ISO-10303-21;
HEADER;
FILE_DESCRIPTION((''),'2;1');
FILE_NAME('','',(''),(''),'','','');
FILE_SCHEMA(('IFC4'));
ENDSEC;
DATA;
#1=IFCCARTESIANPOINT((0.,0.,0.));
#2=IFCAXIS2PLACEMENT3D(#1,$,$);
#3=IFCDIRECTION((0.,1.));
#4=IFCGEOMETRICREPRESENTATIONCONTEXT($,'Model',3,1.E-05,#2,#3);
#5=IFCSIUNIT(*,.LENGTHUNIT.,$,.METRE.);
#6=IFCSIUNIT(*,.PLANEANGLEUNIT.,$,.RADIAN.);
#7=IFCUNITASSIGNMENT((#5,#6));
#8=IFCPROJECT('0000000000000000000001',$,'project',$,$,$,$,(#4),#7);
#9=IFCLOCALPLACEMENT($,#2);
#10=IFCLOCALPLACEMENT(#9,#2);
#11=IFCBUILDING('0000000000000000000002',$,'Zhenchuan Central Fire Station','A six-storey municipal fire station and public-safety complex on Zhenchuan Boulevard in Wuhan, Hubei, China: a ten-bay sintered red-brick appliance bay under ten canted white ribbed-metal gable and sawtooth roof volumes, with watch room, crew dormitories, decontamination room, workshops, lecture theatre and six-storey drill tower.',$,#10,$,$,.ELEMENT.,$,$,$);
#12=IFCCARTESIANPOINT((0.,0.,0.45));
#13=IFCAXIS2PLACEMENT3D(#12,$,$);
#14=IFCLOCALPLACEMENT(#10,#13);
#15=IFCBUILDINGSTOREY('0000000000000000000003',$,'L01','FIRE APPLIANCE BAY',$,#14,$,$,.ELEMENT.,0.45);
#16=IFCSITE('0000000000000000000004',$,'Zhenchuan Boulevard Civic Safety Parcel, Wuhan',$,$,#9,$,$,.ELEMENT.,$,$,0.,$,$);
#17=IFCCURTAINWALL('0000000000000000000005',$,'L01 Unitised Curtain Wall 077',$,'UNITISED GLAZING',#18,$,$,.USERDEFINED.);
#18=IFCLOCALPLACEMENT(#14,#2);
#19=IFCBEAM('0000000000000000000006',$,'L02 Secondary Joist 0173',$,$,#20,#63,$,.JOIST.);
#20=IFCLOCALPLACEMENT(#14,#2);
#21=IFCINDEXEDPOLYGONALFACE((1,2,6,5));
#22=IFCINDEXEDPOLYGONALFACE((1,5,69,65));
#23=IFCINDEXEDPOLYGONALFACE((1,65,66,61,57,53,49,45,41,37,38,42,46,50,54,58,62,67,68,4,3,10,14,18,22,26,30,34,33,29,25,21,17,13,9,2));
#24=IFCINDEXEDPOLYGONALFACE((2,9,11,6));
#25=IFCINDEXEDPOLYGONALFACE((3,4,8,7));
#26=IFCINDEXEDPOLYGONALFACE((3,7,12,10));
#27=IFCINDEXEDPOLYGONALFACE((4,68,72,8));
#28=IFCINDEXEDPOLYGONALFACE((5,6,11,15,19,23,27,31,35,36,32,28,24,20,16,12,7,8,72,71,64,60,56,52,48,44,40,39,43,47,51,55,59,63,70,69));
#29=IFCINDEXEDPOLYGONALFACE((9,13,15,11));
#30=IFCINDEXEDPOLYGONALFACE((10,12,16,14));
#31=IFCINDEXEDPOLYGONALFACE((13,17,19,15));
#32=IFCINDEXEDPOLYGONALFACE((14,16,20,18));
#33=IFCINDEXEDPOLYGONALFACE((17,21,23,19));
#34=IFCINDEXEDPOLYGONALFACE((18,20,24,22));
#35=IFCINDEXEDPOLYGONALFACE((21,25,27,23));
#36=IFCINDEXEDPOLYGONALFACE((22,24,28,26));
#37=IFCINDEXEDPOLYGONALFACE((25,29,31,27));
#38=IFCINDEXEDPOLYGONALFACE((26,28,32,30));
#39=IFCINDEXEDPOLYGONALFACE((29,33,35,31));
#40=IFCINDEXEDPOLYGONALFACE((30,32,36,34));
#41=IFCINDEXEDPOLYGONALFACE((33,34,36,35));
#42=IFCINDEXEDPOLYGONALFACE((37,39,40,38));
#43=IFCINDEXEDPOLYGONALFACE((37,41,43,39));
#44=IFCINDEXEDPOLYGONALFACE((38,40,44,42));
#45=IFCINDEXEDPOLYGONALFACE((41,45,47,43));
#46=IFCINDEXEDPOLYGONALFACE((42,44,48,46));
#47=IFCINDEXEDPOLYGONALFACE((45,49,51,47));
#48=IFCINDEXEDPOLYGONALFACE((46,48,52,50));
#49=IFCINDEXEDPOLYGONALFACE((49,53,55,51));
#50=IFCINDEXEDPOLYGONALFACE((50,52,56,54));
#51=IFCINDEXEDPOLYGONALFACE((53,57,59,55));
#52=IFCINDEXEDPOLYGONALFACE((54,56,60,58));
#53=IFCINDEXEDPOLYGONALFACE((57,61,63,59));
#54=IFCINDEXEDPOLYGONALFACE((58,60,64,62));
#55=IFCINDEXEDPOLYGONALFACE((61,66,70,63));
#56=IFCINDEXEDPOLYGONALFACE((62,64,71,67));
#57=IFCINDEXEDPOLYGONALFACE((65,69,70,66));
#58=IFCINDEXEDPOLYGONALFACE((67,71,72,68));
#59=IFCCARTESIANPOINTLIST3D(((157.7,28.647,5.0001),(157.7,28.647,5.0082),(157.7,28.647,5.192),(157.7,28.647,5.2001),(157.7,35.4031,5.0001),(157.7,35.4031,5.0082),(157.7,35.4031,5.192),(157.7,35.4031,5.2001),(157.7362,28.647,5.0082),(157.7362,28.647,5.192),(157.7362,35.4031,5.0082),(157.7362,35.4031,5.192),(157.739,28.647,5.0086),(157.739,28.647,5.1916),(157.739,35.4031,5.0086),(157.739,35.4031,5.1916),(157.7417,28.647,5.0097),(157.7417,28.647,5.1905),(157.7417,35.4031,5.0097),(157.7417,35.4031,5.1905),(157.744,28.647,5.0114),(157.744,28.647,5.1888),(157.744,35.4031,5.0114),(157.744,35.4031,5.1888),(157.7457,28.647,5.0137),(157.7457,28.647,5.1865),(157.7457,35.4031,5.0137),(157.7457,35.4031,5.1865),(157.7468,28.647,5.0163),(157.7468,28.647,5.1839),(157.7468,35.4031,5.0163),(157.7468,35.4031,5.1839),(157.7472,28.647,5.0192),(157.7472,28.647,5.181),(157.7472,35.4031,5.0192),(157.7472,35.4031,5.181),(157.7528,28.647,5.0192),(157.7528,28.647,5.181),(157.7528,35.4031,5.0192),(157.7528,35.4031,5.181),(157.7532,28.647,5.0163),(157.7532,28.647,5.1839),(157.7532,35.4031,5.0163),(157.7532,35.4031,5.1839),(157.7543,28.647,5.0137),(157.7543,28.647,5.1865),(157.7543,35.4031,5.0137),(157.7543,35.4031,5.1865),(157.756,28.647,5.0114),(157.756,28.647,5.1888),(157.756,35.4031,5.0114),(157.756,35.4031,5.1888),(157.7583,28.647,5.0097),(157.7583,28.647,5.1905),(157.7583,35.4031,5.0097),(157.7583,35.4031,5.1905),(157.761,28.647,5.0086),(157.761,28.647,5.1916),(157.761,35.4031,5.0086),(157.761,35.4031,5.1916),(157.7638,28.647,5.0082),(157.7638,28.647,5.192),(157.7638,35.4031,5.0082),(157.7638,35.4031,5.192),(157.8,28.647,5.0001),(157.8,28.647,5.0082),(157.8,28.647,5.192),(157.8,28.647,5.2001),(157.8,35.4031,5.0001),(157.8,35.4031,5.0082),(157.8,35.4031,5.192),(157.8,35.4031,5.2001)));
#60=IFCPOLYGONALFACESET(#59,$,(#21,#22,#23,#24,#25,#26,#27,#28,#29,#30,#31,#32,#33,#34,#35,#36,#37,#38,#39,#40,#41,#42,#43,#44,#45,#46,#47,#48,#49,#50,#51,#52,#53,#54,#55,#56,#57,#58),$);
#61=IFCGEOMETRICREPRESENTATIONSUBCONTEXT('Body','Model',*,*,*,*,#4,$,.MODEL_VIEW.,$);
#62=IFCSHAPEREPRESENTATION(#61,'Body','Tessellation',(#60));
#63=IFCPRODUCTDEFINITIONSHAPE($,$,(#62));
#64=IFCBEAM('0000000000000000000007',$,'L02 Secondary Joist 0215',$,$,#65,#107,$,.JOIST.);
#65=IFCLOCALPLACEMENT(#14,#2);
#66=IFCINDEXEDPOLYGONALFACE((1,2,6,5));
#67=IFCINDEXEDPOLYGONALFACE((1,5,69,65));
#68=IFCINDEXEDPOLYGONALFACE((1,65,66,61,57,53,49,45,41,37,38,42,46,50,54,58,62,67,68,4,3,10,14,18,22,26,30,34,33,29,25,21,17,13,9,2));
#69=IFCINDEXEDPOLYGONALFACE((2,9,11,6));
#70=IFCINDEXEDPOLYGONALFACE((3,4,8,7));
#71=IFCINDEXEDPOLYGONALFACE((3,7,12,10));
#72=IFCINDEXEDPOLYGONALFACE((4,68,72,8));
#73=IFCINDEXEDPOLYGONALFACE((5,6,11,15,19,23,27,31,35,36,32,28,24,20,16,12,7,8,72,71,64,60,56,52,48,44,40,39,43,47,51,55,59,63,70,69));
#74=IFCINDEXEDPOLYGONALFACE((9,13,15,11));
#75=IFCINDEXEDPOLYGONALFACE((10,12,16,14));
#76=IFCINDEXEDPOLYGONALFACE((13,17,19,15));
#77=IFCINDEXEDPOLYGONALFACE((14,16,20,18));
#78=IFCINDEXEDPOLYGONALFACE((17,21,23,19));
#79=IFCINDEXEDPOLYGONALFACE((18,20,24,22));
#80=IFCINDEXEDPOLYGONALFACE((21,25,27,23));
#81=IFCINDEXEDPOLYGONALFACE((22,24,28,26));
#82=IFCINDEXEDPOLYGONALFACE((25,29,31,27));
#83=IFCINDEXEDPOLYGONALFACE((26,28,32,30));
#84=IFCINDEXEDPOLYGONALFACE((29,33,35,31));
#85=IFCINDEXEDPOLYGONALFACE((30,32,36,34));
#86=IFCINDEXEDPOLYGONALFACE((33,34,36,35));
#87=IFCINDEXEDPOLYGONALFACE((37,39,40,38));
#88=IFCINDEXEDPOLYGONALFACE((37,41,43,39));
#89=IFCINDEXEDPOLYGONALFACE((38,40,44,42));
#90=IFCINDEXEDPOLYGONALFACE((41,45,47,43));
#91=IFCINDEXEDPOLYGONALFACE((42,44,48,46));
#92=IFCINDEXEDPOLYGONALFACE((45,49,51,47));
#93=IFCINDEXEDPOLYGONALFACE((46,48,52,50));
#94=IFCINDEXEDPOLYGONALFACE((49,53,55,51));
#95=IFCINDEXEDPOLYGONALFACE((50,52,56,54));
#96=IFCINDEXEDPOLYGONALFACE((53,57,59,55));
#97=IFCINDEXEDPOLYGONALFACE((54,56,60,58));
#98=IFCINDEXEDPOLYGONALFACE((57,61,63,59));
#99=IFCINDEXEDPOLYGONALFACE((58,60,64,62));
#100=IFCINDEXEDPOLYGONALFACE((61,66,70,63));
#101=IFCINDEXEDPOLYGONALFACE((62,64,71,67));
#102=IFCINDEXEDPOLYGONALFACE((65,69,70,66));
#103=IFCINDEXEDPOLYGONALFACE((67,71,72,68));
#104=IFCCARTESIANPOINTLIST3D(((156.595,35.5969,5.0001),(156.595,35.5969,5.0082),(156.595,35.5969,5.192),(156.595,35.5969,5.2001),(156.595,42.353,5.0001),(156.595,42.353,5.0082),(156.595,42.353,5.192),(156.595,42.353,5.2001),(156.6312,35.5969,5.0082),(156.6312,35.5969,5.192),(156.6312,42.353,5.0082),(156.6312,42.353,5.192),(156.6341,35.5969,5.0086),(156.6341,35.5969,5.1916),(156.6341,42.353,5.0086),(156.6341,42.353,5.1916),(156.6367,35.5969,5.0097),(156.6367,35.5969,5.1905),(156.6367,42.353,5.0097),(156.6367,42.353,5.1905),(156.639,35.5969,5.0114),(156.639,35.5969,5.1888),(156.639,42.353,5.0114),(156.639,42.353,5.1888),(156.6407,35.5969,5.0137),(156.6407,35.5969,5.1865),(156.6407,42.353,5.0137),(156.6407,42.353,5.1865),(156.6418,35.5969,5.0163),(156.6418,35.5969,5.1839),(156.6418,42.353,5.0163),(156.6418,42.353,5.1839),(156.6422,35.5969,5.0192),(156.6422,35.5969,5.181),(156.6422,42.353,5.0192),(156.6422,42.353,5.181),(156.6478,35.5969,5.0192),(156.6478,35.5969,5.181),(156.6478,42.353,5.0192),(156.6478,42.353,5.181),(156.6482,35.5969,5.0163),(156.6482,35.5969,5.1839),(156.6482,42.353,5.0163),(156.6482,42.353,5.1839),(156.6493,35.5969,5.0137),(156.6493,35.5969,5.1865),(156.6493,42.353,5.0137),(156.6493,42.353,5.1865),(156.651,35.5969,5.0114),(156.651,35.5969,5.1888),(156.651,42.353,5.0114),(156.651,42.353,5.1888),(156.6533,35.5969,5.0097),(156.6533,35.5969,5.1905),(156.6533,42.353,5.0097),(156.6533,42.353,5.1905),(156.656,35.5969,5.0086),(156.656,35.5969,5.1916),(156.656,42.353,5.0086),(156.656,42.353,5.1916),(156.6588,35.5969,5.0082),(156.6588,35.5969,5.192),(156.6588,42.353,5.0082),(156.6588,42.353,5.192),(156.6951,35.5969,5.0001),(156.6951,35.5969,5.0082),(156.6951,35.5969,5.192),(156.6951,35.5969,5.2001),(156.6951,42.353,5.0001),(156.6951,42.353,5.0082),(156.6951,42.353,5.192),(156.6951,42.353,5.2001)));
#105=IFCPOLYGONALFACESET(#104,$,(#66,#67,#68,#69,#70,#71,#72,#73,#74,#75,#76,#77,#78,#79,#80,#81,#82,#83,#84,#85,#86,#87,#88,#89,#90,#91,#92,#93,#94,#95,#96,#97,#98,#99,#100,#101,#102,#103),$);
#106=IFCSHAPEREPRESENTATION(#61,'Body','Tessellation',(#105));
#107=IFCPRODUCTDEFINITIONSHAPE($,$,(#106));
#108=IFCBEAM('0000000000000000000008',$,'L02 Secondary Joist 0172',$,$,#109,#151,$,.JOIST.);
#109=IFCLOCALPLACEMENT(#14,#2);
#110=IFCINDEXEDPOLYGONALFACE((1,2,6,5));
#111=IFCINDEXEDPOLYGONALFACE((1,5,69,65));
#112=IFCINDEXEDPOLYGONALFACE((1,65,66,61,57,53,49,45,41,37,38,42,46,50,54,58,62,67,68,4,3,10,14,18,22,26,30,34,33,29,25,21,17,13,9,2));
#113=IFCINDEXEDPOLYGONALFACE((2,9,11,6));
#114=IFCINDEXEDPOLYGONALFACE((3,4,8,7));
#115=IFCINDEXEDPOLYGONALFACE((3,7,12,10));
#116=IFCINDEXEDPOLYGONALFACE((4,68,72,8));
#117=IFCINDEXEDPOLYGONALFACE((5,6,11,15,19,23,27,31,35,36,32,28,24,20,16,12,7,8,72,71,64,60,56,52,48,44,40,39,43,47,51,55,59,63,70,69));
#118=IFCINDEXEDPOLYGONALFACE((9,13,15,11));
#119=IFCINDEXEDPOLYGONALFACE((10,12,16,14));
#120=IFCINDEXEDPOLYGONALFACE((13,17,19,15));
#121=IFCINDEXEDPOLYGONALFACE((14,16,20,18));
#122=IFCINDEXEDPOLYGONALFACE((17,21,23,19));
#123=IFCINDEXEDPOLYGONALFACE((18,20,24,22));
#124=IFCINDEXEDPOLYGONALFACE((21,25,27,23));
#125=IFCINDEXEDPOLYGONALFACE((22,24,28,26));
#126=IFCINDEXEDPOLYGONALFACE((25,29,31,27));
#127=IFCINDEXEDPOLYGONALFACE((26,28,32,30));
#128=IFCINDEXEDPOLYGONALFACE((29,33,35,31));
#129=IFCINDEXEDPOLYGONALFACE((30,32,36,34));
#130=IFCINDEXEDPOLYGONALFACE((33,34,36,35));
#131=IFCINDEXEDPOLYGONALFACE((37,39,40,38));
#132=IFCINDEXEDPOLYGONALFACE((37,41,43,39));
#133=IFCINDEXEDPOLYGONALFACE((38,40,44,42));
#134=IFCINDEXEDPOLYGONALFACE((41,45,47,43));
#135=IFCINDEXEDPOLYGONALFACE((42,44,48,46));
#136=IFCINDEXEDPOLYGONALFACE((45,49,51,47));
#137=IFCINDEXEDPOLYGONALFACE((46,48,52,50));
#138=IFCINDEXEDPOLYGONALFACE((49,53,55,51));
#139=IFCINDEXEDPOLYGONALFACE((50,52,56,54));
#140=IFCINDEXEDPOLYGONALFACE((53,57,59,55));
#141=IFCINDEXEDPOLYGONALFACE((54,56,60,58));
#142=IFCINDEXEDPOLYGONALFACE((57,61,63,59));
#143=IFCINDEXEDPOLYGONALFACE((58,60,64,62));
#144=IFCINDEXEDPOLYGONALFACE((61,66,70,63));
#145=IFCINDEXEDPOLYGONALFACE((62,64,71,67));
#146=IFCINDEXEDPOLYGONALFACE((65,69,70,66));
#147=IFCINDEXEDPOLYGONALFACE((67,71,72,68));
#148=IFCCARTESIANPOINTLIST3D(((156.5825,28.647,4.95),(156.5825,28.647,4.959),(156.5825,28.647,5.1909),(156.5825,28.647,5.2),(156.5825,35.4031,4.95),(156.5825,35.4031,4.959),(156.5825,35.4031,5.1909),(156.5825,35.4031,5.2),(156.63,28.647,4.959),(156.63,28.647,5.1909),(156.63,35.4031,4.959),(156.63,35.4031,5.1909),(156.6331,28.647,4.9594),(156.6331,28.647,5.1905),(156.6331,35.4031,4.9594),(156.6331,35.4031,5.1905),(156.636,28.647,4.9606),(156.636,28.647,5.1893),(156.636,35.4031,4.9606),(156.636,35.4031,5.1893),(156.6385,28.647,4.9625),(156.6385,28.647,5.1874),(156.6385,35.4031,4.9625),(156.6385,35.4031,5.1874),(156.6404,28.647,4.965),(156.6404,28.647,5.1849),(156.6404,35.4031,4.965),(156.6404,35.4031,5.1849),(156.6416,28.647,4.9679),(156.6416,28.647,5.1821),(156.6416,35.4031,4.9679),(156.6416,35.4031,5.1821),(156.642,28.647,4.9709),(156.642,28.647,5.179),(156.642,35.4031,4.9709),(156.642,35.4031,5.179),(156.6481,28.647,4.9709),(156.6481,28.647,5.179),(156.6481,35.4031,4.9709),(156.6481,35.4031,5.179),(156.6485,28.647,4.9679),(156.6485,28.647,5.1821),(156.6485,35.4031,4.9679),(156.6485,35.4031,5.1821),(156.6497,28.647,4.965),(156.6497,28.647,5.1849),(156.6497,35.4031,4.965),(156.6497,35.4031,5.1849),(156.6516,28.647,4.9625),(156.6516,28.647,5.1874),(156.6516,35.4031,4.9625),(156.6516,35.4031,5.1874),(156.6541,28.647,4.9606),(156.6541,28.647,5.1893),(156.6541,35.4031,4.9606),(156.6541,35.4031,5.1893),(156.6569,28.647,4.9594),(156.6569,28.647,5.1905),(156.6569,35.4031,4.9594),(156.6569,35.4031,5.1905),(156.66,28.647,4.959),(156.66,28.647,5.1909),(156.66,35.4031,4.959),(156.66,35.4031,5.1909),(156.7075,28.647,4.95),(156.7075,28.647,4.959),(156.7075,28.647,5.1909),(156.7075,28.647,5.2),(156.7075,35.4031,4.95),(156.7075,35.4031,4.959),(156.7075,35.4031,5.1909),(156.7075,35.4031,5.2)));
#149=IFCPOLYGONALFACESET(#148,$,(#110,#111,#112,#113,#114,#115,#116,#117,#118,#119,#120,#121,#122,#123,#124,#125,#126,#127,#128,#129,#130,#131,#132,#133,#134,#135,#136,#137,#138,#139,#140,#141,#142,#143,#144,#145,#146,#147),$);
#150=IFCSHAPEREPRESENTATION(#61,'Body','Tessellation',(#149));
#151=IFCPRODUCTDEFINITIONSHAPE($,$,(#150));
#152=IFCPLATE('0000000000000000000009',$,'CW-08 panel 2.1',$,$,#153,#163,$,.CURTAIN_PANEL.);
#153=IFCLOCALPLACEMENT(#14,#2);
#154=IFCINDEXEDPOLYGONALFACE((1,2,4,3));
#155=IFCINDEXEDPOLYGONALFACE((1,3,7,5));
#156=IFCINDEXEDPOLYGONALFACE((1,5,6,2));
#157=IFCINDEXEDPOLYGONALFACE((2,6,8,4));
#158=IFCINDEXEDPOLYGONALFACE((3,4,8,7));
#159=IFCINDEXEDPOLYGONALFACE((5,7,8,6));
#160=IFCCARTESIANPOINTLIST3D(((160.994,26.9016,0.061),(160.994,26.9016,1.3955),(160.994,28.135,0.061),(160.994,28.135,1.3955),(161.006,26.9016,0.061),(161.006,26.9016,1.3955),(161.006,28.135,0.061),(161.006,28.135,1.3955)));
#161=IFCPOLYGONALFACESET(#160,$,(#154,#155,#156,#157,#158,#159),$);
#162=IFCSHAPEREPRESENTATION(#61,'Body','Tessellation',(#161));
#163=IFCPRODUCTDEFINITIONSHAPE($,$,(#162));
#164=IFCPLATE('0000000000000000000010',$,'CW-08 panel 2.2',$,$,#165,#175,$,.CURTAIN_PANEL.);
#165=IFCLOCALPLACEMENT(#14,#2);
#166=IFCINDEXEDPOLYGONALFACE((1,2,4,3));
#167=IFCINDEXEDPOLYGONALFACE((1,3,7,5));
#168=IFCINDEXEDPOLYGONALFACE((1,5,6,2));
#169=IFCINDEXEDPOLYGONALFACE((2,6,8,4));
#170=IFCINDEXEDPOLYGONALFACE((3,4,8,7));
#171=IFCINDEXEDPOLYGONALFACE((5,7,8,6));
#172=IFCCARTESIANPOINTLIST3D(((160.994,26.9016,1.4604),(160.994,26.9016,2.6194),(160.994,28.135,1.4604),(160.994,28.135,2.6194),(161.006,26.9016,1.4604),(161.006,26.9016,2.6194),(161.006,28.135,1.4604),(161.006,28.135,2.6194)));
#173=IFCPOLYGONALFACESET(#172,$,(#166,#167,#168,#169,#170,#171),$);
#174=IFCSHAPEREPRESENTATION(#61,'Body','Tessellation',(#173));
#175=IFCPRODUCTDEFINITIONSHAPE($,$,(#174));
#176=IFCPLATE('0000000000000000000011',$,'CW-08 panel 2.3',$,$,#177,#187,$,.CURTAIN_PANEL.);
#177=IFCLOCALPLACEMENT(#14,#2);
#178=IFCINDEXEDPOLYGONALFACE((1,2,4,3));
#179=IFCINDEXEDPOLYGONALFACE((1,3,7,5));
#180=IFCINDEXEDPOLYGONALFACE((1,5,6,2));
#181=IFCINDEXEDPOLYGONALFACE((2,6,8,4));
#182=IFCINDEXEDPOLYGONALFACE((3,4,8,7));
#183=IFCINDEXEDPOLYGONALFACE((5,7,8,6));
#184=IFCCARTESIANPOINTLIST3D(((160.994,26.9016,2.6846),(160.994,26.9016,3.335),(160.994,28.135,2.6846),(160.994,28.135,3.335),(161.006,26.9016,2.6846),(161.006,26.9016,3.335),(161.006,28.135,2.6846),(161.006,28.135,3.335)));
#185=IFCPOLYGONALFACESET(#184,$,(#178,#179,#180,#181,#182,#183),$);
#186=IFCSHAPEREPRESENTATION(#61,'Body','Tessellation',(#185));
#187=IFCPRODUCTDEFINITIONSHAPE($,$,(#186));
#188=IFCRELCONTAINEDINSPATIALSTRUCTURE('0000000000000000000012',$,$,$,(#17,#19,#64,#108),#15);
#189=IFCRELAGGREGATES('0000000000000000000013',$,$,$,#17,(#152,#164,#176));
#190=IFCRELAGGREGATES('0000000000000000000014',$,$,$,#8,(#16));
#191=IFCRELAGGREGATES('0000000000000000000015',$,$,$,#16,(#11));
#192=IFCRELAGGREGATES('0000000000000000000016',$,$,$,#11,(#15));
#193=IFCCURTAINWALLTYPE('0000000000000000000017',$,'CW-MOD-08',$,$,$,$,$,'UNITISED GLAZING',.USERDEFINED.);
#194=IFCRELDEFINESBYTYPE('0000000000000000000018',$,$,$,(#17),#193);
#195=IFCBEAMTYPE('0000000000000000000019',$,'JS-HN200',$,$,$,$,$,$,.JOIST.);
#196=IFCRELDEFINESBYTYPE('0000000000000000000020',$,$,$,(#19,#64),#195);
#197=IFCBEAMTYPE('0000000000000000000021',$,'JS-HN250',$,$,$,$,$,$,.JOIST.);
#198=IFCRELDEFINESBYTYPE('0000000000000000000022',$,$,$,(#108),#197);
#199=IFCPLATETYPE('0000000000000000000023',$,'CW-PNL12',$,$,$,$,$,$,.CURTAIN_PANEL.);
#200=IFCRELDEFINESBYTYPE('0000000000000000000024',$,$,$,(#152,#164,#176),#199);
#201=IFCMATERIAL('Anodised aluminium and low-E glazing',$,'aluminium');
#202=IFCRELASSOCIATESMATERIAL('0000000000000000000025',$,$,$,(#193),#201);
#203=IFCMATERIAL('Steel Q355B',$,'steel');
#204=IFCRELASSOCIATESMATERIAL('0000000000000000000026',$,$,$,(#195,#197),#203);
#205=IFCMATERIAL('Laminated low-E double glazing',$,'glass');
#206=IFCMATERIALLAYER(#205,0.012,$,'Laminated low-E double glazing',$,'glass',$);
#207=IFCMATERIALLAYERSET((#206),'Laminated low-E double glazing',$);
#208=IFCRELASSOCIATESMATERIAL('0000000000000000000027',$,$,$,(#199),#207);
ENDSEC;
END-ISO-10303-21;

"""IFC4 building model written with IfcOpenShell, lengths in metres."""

from ifc_helpers import new_model, si_unit, direction, frame, origin, origin_2d, place, context, subcontext, project, spatial, rectangle, i_section, extrude, material, layer, layer_set, material_profile, profile_set, type_object, element, aggregate, save


model = new_model("IFC4")

# Units and contexts
model_context = context("Model", 3, precision=1e-05, world=origin(), true_north=direction((0.0, 1.0)))
body_context = subcontext(model_context, "Body", "Model", "MODEL_VIEW")
ifc_project = project(units=[si_unit("LENGTHUNIT", "METRE"), si_unit("PLANEANGLEUNIT", "RADIAN")], contexts=[model_context])

# Site, building, storey
site_placement = place(None, origin())
site = spatial("IfcSite", under=ifc_project, at=site_placement, Name="Zhenchuan Boulevard Civic Safety Parcel, Wuhan", CompositionType="ELEMENT", RefElevation=0.0)
building_placement = place(site_placement, origin())
building = spatial("IfcBuilding", under=site, at=building_placement, Name="Zhenchuan Central Fire Station", Description="A six-storey municipal fire station and public-safety complex on Zhenchuan Boulevard in Wuhan, Hubei, China: a ten-bay sintered red-brick appliance bay under ten canted white ribbed-metal gable and sawtooth roof volumes, with watch room, crew dormitories, decontamination room, workshops, lecture theatre and six-storey drill tower.", CompositionType="ELEMENT")
storey_placement = place(building_placement, frame((0.0, 0.0, 0.45)))
storey = spatial("IfcBuildingStorey", under=building, at=storey_placement, Name="L01", Description="FIRE APPLIANCE BAY", CompositionType="ELEMENT", Elevation=0.45)

# Shared definitions
ifc_material_1 = material(Name="Steel Q355B", Category="steel")

# Curtain wall
ifc_material_2 = material(Name="Anodised aluminium and low-E glazing", Category="aluminium")
curtain_wall_type = type_object("IfcCurtainWallType", Name="CW-MOD-08", ElementType="UNITISED GLAZING", PredefinedType="USERDEFINED", material=ifc_material_2)
curtain_wall_placement = place(storey_placement, origin())
curtain_wall = element("IfcCurtainWall", 1, at=curtain_wall_placement, inside=storey, type_object=curtain_wall_type, Name="L01 Unitised Curtain Wall 077", ObjectType="UNITISED GLAZING", PredefinedType="USERDEFINED")

# Beams
ifc_material_profile_1 = material_profile(ifc_material_1, i_section(OverallWidth=0.1001, OverallDepth=0.2, WebThickness=0.0056, FlangeThickness=0.0081, FilletRadius=0.011, at=origin_2d()), Name="HN 200x100")
ifc_profile_set_1 = profile_set([ifc_material_profile_1], Name="Steel Q355B")
beam_type_1 = type_object("IfcBeamType", Name="JS-HN200", PredefinedType="JOIST", material=ifc_profile_set_1)
for number, where, z_axis, x_axis, name in (
    (2, (157.75, 28.647, 5.1001), (0.0, 1.0, 0.0), (-1.0, 0.0, 0.0), "L02 Secondary Joist 0173"),
    (3, (156.645, 35.5969, 5.1001), (0.0, 1.0, 0.0), (-1.0, 0.0, 0.0), "L02 Secondary Joist 0215"),
):
    element("IfcBeam", number, at=place(storey_placement, frame(where, z_axis=z_axis, x_axis=x_axis)), inside=storey, type_object=beam_type_1, Name=name, PredefinedType="JOIST", context=body_context, shape_type="SweptSolid", body=[
        extrude(i_section(OverallWidth=0.1001, OverallDepth=0.2, WebThickness=0.0056, FlangeThickness=0.0081, FilletRadius=0.011, at=origin_2d()), origin(), (0.0, 0.0, 1.0), 6.7561),
    ])
ifc_material_profile_2 = material_profile(ifc_material_1, i_section(OverallWidth=0.125, OverallDepth=0.25, WebThickness=0.0061, FlangeThickness=0.009, FilletRadius=0.012, at=origin_2d()), Name="HN 250x125")
ifc_profile_set_2 = profile_set([ifc_material_profile_2], Name="Steel Q355B")
beam_type_2 = type_object("IfcBeamType", Name="JS-HN250", PredefinedType="JOIST", material=ifc_profile_set_2)
beam_1_placement = place(storey_placement, frame((156.645, 28.647, 5.075), z_axis=(0.0, 1.0, 0.0), x_axis=(-1.0, 0.0, 0.0)))
element("IfcBeam", 4, at=beam_1_placement, inside=storey, type_object=beam_type_2, Name="L02 Secondary Joist 0172", PredefinedType="JOIST", context=body_context, shape_type="SweptSolid", body=[
    extrude(i_section(OverallWidth=0.125, OverallDepth=0.25, WebThickness=0.0061, FlangeThickness=0.009, FilletRadius=0.012, at=origin_2d()), origin(), (0.0, 0.0, 1.0), 6.7561),
])

# Plates
ifc_material_3 = material(Name="Laminated low-E double glazing", Category="glass")
ifc_layer_1 = layer(ifc_material_3, 0.012, Name="Laminated low-E double glazing", Category="glass")
ifc_layer_set_1 = layer_set([ifc_layer_1], Name="Laminated low-E double glazing")
plate_type_1 = type_object("IfcPlateType", Name="CW-PNL12", PredefinedType="CURTAIN_PANEL", material=ifc_layer_set_1)
plate_1_placement = place(storey_placement, frame((161.0, 27.5183, 0.061), z_axis=(0.0, 0.0, 1.0), x_axis=(0.0, 1.0, 0.0)))
plate_1 = element("IfcPlate", 5, at=plate_1_placement, type_object=plate_type_1, Name="CW-08 panel 2.1", PredefinedType="CURTAIN_PANEL", context=body_context, shape_type="SweptSolid", body=[
    extrude(rectangle(XDim=1.2334, YDim=0.012, at=origin_2d()), origin(), (0.0, 0.0, 1.0), 1.3345),
])
plate_2_placement = place(storey_placement, frame((161.0, 27.5183, 1.4604), z_axis=(0.0, 0.0, 1.0), x_axis=(0.0, 1.0, 0.0)))
plate_2 = element("IfcPlate", 6, at=plate_2_placement, type_object=plate_type_1, Name="CW-08 panel 2.2", PredefinedType="CURTAIN_PANEL", context=body_context, shape_type="SweptSolid", body=[
    extrude(rectangle(XDim=1.2334, YDim=0.012, at=origin_2d()), origin(), (0.0, 0.0, 1.0), 1.1589),
])
plate_3_placement = place(storey_placement, frame((161.0, 27.5183, 2.6846), z_axis=(0.0, 0.0, 1.0), x_axis=(0.0, 1.0, 0.0)))
plate_3 = element("IfcPlate", 7, at=plate_3_placement, type_object=plate_type_1, Name="CW-08 panel 2.3", PredefinedType="CURTAIN_PANEL", context=body_context, shape_type="SweptSolid", body=[
    extrude(rectangle(XDim=1.2334, YDim=0.012, at=origin_2d()), origin(), (0.0, 0.0, 1.0), 0.6504),
])
aggregate(curtain_wall, [plate_1, plate_2, plate_3])

save(model, "model.ifc")
